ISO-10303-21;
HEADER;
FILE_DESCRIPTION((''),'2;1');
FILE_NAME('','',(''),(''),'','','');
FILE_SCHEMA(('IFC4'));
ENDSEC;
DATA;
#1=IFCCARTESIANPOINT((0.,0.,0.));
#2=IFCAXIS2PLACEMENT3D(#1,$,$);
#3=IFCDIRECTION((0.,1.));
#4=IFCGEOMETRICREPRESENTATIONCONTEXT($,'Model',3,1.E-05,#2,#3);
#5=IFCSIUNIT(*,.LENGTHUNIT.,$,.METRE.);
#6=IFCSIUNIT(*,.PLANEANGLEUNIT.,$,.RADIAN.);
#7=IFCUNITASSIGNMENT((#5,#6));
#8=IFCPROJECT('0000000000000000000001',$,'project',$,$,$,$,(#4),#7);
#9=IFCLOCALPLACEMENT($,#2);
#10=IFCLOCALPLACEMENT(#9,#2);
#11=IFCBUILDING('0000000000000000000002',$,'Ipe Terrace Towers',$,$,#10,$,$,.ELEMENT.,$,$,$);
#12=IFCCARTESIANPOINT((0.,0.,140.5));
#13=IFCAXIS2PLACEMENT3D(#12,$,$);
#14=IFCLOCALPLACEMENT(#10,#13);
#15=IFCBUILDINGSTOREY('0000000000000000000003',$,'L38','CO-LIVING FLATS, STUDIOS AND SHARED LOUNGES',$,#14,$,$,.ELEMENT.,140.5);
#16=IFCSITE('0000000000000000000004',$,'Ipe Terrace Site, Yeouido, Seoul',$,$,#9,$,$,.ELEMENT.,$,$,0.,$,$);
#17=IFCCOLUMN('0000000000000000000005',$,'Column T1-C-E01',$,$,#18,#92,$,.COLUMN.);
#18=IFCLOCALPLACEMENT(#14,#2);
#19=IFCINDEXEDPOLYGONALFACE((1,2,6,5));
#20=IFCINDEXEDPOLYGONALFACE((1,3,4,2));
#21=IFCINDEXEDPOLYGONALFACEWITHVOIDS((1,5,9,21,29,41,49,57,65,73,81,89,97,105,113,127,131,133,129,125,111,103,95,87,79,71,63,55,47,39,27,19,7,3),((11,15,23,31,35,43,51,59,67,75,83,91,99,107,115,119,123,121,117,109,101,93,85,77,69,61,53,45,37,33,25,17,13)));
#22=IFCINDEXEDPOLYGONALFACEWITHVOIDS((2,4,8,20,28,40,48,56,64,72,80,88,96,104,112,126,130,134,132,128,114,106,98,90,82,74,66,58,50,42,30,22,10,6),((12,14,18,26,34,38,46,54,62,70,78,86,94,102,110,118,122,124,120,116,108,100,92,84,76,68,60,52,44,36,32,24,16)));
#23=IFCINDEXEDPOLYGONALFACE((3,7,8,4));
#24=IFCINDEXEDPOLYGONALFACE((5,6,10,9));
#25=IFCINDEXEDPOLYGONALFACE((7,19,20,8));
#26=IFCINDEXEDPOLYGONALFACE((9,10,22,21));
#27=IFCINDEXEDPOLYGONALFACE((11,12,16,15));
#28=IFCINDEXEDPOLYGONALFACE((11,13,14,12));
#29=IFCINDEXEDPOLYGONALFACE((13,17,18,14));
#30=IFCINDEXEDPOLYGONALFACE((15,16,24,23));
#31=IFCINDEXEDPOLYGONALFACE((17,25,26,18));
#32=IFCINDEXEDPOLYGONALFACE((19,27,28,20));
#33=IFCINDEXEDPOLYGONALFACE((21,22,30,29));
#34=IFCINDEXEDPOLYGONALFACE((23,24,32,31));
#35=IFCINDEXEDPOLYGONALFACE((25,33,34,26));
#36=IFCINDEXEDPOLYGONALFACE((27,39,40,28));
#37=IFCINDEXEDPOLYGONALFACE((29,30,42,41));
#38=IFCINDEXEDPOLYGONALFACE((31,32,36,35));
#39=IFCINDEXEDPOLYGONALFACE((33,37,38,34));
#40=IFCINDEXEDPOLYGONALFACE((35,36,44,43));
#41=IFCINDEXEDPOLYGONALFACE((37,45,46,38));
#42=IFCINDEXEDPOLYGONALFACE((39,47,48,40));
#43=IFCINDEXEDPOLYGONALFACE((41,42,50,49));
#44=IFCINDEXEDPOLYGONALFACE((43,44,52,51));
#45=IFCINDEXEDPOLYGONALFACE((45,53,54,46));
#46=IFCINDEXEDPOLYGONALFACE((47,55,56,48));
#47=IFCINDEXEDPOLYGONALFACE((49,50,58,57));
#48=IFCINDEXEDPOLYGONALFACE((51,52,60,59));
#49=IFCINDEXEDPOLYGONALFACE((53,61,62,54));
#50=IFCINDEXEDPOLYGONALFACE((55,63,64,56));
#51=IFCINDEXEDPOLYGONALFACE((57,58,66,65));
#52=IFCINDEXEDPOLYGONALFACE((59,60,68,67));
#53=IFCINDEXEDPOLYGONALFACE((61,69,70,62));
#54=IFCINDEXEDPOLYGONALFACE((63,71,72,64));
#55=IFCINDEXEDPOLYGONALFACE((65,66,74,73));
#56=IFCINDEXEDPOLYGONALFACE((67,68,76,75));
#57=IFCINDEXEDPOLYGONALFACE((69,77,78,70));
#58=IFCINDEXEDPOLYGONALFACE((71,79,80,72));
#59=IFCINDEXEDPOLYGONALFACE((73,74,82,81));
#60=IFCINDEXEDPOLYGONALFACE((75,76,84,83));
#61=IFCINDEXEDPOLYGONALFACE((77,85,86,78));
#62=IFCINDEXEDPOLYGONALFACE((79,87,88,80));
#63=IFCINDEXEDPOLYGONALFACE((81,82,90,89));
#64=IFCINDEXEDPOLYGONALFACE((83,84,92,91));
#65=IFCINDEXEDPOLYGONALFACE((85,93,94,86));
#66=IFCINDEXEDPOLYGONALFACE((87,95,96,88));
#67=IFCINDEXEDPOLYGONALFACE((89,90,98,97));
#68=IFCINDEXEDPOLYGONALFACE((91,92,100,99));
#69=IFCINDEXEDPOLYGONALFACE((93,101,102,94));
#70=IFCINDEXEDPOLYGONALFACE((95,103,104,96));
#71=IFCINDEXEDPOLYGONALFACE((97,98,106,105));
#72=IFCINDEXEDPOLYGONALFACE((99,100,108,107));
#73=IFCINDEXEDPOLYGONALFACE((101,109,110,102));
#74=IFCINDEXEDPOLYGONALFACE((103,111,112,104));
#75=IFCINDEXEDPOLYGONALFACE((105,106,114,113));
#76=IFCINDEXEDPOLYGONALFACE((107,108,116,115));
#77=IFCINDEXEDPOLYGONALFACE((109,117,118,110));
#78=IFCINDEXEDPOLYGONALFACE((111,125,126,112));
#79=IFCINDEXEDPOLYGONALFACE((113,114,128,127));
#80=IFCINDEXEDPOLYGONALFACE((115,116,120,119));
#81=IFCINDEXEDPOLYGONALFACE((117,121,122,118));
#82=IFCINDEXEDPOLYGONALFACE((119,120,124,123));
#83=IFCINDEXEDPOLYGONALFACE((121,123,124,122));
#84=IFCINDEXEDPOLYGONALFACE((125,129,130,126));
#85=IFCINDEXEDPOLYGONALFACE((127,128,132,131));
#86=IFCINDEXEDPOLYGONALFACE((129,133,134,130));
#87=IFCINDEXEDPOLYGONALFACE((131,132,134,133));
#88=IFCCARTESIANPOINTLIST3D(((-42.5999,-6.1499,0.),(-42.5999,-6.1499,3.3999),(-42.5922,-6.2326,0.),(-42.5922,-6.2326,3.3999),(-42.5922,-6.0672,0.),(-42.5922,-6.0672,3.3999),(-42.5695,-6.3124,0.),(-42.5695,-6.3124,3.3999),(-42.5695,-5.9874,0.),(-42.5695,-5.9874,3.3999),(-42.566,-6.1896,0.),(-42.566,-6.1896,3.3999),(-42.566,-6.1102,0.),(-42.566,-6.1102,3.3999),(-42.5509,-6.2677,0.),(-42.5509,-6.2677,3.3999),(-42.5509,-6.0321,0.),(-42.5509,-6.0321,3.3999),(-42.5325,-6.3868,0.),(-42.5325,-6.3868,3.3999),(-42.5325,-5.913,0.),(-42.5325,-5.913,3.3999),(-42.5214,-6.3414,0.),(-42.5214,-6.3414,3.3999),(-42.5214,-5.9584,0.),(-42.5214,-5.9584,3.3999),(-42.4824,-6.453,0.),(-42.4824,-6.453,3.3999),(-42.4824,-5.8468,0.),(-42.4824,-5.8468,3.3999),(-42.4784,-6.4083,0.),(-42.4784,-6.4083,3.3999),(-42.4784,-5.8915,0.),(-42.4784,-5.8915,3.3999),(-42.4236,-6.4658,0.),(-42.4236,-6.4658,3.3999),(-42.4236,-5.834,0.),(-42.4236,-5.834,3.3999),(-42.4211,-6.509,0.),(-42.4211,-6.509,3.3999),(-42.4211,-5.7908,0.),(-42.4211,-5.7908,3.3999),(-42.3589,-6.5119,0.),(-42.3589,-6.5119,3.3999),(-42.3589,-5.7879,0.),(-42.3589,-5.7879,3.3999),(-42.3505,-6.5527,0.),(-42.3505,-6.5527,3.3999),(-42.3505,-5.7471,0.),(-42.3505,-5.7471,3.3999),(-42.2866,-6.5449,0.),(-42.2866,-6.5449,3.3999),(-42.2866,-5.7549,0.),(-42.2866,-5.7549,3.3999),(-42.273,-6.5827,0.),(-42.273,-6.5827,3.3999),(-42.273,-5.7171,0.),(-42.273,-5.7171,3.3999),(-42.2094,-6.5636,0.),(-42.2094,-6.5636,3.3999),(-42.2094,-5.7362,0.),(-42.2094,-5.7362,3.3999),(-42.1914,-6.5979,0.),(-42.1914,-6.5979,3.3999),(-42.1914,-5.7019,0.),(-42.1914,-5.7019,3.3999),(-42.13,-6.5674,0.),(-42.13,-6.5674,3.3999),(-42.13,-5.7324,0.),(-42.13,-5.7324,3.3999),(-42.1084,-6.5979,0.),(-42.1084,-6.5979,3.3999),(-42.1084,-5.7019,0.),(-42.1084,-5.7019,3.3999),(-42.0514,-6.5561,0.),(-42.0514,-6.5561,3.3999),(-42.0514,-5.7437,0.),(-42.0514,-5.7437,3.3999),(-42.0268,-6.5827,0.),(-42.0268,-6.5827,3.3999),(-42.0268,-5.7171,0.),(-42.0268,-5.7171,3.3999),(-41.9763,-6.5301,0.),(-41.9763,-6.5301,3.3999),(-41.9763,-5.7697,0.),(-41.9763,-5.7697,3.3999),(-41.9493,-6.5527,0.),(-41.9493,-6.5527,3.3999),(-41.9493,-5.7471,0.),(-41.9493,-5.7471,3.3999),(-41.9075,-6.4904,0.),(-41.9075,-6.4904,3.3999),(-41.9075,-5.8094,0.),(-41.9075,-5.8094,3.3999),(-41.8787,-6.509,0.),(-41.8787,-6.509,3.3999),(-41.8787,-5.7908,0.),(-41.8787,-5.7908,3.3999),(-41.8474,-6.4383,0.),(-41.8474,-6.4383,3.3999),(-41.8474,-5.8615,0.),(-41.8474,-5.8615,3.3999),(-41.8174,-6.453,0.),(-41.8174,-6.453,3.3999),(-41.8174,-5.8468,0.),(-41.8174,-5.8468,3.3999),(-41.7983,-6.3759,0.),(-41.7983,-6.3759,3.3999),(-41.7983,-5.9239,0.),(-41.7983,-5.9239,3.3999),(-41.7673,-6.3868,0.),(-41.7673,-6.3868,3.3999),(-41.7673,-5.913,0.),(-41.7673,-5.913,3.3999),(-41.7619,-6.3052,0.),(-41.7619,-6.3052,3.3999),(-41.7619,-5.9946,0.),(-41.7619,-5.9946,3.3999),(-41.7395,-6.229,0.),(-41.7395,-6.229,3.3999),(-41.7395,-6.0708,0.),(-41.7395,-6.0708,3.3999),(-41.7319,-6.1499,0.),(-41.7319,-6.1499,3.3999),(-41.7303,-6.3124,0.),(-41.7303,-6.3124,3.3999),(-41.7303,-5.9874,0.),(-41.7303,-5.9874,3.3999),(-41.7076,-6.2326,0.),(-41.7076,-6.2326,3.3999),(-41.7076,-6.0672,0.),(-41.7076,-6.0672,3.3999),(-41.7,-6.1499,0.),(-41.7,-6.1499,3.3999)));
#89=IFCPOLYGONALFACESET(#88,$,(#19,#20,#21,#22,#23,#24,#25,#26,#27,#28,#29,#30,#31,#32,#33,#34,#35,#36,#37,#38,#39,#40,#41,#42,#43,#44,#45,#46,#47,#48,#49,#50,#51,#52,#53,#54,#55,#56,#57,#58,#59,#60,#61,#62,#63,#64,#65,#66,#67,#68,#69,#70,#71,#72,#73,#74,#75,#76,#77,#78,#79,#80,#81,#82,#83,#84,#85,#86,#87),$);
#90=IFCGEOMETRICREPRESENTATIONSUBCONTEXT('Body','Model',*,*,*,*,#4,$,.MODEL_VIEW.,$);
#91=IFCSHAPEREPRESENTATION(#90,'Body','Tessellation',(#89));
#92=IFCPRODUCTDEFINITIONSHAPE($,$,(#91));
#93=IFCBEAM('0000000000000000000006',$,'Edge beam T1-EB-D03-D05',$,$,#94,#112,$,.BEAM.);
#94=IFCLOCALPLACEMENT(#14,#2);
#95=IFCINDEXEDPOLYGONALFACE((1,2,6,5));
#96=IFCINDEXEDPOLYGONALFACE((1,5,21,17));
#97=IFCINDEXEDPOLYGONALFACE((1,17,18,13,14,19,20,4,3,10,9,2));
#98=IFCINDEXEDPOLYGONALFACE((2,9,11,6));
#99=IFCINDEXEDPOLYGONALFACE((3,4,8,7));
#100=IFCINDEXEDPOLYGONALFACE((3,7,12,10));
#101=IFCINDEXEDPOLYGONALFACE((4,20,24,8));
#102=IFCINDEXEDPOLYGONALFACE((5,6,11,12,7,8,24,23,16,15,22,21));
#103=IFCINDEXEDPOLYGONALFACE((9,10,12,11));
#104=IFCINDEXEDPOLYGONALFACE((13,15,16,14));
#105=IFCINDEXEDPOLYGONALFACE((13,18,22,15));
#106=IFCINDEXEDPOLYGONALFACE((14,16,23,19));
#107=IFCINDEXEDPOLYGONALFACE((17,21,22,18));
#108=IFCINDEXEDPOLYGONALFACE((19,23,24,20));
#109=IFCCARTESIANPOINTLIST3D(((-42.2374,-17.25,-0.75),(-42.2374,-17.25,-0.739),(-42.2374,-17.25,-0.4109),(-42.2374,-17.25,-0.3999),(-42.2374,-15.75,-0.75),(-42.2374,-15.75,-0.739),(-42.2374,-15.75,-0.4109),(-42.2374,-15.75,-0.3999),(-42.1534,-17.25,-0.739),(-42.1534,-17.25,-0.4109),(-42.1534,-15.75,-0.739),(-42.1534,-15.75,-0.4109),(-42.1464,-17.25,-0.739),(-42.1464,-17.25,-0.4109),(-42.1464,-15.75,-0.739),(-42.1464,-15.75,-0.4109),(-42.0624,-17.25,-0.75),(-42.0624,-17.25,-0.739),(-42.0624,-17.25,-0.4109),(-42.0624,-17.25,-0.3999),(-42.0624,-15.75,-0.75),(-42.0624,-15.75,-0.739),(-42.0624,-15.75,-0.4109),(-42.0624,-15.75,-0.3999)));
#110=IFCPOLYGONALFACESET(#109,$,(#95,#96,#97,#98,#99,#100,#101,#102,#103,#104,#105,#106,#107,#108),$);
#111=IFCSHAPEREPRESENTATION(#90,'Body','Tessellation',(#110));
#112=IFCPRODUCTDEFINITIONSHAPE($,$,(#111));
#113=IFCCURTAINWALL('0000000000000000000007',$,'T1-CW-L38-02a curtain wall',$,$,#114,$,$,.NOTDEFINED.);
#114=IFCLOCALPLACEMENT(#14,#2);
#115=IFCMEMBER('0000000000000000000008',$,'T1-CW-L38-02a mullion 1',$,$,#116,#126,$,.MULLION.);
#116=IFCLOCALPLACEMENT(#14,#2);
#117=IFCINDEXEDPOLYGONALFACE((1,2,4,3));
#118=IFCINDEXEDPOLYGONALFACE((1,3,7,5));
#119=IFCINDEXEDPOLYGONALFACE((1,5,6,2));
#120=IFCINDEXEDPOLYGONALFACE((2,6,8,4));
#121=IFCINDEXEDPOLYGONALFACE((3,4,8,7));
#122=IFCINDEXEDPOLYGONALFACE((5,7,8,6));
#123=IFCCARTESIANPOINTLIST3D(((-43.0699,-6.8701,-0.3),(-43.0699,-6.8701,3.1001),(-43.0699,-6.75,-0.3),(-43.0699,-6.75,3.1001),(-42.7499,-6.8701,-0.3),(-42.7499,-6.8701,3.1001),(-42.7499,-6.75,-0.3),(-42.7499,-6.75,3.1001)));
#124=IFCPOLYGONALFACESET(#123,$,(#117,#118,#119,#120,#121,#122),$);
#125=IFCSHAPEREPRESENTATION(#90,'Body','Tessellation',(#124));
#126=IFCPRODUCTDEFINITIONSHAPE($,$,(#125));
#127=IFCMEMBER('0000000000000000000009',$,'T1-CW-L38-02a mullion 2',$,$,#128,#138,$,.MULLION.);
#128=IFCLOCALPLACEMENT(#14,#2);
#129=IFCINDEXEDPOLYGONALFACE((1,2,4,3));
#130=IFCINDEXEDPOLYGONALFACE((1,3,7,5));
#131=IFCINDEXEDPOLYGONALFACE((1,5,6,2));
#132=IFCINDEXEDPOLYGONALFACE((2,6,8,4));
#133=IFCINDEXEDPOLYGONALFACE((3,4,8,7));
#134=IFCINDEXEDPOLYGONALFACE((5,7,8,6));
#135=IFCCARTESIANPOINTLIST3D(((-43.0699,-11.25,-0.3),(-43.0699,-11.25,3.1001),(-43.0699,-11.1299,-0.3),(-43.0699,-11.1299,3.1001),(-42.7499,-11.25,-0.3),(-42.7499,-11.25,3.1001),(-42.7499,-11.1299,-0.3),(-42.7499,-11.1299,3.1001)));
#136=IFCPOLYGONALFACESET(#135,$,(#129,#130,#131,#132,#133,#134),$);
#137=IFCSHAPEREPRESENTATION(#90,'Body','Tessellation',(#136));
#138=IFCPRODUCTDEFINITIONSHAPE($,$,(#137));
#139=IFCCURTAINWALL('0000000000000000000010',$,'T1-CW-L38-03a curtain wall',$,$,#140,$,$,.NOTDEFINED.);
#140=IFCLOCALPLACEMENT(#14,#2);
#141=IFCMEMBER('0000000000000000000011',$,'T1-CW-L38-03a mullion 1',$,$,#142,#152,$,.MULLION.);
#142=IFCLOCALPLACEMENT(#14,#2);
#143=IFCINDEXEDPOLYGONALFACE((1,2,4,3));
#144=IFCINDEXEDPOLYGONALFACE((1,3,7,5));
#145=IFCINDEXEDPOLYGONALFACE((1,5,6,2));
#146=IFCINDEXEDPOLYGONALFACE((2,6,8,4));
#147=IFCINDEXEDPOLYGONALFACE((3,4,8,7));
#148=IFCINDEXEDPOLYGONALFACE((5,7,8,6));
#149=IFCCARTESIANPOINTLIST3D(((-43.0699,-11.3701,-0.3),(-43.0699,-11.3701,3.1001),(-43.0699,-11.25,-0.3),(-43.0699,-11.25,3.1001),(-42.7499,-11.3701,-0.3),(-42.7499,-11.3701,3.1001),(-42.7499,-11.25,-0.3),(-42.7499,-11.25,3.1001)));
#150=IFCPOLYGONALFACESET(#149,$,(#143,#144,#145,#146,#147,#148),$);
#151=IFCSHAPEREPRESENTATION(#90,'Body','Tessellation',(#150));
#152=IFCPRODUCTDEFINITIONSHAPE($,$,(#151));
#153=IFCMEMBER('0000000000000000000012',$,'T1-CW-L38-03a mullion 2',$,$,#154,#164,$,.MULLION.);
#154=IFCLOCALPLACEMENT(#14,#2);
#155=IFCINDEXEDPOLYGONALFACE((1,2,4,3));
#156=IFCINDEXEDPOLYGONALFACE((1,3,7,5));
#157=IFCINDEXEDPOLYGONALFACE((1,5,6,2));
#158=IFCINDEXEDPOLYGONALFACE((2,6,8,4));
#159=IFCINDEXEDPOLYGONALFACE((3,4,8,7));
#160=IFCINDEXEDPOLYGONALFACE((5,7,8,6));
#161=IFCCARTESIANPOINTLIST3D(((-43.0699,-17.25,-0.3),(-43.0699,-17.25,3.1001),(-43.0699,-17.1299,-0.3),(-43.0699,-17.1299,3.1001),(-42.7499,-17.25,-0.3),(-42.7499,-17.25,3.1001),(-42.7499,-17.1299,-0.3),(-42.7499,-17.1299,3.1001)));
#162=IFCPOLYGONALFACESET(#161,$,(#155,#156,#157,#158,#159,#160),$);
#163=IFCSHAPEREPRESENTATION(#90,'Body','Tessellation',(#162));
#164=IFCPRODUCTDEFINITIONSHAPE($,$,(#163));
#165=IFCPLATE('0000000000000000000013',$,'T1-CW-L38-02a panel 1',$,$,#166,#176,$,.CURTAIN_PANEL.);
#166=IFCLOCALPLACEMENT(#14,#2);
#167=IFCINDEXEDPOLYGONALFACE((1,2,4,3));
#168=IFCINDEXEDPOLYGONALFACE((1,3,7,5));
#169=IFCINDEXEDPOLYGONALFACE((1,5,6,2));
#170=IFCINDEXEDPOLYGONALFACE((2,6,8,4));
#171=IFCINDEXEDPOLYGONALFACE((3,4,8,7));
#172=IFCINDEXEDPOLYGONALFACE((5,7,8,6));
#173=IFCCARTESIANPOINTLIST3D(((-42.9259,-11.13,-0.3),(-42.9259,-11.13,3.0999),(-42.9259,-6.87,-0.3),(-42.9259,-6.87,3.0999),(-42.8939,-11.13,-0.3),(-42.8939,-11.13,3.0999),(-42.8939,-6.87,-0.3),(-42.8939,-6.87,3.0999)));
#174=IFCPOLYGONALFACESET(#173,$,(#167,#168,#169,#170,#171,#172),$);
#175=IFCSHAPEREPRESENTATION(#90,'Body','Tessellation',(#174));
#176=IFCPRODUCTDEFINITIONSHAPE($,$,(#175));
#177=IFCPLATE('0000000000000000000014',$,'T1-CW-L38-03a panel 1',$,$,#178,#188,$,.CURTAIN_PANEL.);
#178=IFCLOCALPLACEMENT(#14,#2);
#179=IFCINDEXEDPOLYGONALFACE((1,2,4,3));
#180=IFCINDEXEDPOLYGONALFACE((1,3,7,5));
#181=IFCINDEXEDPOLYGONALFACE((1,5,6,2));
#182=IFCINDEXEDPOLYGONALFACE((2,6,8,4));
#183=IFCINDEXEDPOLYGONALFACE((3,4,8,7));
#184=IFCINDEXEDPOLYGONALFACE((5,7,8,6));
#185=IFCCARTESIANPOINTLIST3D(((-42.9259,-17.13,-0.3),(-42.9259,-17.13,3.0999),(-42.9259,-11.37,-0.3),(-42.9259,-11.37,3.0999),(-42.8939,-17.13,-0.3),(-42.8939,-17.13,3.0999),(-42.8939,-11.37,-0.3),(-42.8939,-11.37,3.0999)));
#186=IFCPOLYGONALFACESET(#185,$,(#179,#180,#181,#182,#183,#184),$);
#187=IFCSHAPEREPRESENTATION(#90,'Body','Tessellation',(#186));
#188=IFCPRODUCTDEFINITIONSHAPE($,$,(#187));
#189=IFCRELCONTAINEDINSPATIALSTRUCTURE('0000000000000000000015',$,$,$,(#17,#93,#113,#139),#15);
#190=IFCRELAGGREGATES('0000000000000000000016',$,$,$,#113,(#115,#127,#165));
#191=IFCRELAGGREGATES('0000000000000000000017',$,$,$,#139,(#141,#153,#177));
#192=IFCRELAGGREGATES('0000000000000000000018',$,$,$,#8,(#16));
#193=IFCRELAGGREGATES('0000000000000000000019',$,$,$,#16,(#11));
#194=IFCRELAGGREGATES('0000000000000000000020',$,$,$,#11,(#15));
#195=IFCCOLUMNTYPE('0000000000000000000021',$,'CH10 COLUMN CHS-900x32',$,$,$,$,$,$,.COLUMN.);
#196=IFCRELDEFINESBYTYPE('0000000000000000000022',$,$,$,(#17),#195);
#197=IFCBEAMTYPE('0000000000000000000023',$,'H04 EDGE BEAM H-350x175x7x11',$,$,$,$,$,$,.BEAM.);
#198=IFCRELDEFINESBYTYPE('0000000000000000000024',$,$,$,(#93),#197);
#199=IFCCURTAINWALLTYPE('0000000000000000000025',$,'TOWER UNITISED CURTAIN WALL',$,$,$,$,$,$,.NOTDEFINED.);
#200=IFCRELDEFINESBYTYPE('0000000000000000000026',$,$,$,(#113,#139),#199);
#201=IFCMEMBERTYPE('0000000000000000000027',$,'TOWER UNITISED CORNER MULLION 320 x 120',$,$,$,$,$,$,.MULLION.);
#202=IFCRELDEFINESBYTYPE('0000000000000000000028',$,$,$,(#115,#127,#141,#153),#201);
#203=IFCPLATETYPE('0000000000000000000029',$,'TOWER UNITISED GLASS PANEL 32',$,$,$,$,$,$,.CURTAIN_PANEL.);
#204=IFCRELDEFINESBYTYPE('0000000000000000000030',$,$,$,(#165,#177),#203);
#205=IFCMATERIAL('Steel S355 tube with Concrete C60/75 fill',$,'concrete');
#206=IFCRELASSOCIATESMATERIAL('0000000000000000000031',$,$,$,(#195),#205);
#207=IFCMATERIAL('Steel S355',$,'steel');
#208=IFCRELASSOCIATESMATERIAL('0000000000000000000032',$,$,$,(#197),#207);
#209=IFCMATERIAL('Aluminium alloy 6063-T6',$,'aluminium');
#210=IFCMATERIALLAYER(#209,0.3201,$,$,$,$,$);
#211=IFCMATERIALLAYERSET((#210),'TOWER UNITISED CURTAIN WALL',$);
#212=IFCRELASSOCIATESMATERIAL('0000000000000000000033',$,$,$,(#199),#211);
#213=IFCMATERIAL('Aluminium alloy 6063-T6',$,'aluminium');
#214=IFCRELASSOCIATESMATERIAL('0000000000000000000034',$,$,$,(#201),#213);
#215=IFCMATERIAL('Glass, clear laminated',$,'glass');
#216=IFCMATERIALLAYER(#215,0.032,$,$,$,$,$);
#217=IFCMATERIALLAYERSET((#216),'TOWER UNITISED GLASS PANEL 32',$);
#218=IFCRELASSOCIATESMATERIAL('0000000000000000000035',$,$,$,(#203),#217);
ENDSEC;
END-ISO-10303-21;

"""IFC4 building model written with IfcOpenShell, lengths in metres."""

from ifc_helpers import new_model, si_unit, direction, frame, origin, origin_2d, place, context, subcontext, project, spatial, rectangle, hollow_circle, i_section, extrude, material, layer, layer_set, material_profile, profile_set, type_object, element, aggregate, save


model = new_model("IFC4")

# Units and contexts
model_context = context("Model", 3, precision=1e-05, world=origin(), true_north=direction((0.0, 1.0)))
body_context = subcontext(model_context, "Body", "Model", "MODEL_VIEW")
ifc_project = project(units=[si_unit("LENGTHUNIT", "METRE"), si_unit("PLANEANGLEUNIT", "RADIAN")], contexts=[model_context])

# Site, building, storey
site_placement = place(None, origin())
site = spatial("IfcSite", under=ifc_project, at=site_placement, Name="Ipe Terrace Site, Yeouido, Seoul", CompositionType="ELEMENT", RefElevation=0.0)
building_placement = place(site_placement, origin())
building = spatial("IfcBuilding", under=site, at=building_placement, Name="Ipe Terrace Towers", CompositionType="ELEMENT")
storey_placement = place(building_placement, frame((0.0, 0.0, 140.5)))
storey = spatial("IfcBuildingStorey", under=building, at=storey_placement, Name="L38", Description="CO-LIVING FLATS, STUDIOS AND SHARED LOUNGES", CompositionType="ELEMENT", Elevation=140.5)

# Column
ifc_material_1 = material(Name="Steel S355 tube with Concrete C60/75 fill", Category="concrete")
ifc_material_profile_1 = material_profile(ifc_material_1, hollow_circle(Radius=0.45, WallThickness=0.032, at=origin_2d()), Name="CHS-900x32")
ifc_profile_set_1 = profile_set([ifc_material_profile_1], Name="Steel S355 tube with Concrete C60/75 fill")
column_type_1 = type_object("IfcColumnType", Name="CH10 COLUMN CHS-900x32", PredefinedType="COLUMN", material=ifc_profile_set_1)
column_placement = place(storey_placement, frame((-42.1499, -6.1499, 0.0), z_axis=(0.0, 0.0, 1.0), x_axis=(1.0, 0.0, 0.0)))
element("IfcColumn", 1, at=column_placement, inside=storey, type_object=column_type_1, Name="Column T1-C-E01", PredefinedType="COLUMN", context=body_context, shape_type="SweptSolid", body=[
    extrude(hollow_circle(Radius=0.45, WallThickness=0.032, at=origin_2d()), origin(), (0.0, 0.0, 1.0), 3.3999),
])

# Beam
ifc_material_2 = material(Name="Steel S355", Category="steel")
ifc_material_profile_2 = material_profile(ifc_material_2, i_section(OverallWidth=0.175, OverallDepth=0.3501, WebThickness=0.0071, FlangeThickness=0.011, at=origin_2d()), Name="H-350x175x7x11")
ifc_profile_set_2 = profile_set([ifc_material_profile_2], Name="Steel S355")
beam_type = type_object("IfcBeamType", Name="H04 EDGE BEAM H-350x175x7x11", PredefinedType="BEAM", material=ifc_profile_set_2)
beam_placement = place(storey_placement, frame((-42.1499, -15.75, -0.575), z_axis=(0.0, -1.0, 0.0), x_axis=(1.0, 0.0, 0.0)))
element("IfcBeam", 2, at=beam_placement, inside=storey, type_object=beam_type, Name="Edge beam T1-EB-D03-D05", PredefinedType="BEAM", context=body_context, shape_type="SweptSolid", body=[
    extrude(i_section(OverallWidth=0.175, OverallDepth=0.3501, WebThickness=0.0071, FlangeThickness=0.011, at=origin_2d()), origin(), (0.0, 0.0, 1.0), 1.5),
])

# Curtain walls, members
ifc_material_3 = material(Name="Aluminium alloy 6063-T6", Category="aluminium")
ifc_layer_1 = layer(ifc_material_3, 0.3201)
ifc_layer_set_1 = layer_set([ifc_layer_1], Name="TOWER UNITISED CURTAIN WALL")
curtain_wall_type = type_object("IfcCurtainWallType", Name="TOWER UNITISED CURTAIN WALL", PredefinedType="NOTDEFINED", material=ifc_layer_set_1)
curtain_wall_1_placement = place(storey_placement, origin())
curtain_wall_1 = element("IfcCurtainWall", 3, at=curtain_wall_1_placement, inside=storey, type_object=curtain_wall_type, Name="T1-CW-L38-02a curtain wall", PredefinedType="NOTDEFINED")
ifc_material_4 = material(Name="Aluminium alloy 6063-T6", Category="aluminium")
ifc_material_profile_3 = material_profile(ifc_material_4, rectangle(XDim=0.3201, YDim=0.1201, at=origin_2d()), Name="TOWER UNITISED CORNER MULLION 320 x 120")
ifc_profile_set_3 = profile_set([ifc_material_profile_3], Name="Aluminium alloy 6063-T6")
member_type = type_object("IfcMemberType", Name="TOWER UNITISED CORNER MULLION 320 x 120", PredefinedType="MULLION", material=ifc_profile_set_3)
member_1_placement = place(storey_placement, frame((-42.9099, -6.8101, -0.3), z_axis=(0.0, 0.0, 1.0), x_axis=(-1.0, 0.0, 0.0)))
member_1 = element("IfcMember", 4, at=member_1_placement, type_object=member_type, Name="T1-CW-L38-02a mullion 1", PredefinedType="MULLION", context=body_context, shape_type="SweptSolid", body=[
    extrude(rectangle(XDim=0.3201, YDim=0.1201, at=origin_2d()), origin(), (0.0, 0.0, 1.0), 3.4001),
])
member_2_placement = place(storey_placement, frame((-42.9099, -11.1899, -0.3), z_axis=(0.0, 0.0, 1.0), x_axis=(-1.0, 0.0, 0.0)))
member_2 = element("IfcMember", 5, at=member_2_placement, type_object=member_type, Name="T1-CW-L38-02a mullion 2", PredefinedType="MULLION", context=body_context, shape_type="SweptSolid", body=[
    extrude(rectangle(XDim=0.3201, YDim=0.1201, at=origin_2d()), origin(), (0.0, 0.0, 1.0), 3.4001),
])
curtain_wall_2_placement = place(storey_placement, origin())
curtain_wall_2 = element("IfcCurtainWall", 6, at=curtain_wall_2_placement, inside=storey, type_object=curtain_wall_type, Name="T1-CW-L38-03a curtain wall", PredefinedType="NOTDEFINED")
member_3_placement = place(storey_placement, frame((-42.9099, -11.3101, -0.3), z_axis=(0.0, 0.0, 1.0), x_axis=(-1.0, 0.0, 0.0)))
member_3 = element("IfcMember", 7, at=member_3_placement, type_object=member_type, Name="T1-CW-L38-03a mullion 1", PredefinedType="MULLION", context=body_context, shape_type="SweptSolid", body=[
    extrude(rectangle(XDim=0.3201, YDim=0.1201, at=origin_2d()), origin(), (0.0, 0.0, 1.0), 3.4001),
])
member_4_placement = place(storey_placement, frame((-42.9099, -17.1899, -0.3), z_axis=(0.0, 0.0, 1.0), x_axis=(-1.0, 0.0, 0.0)))
member_4 = element("IfcMember", 8, at=member_4_placement, type_object=member_type, Name="T1-CW-L38-03a mullion 2", PredefinedType="MULLION", context=body_context, shape_type="SweptSolid", body=[
    extrude(rectangle(XDim=0.3201, YDim=0.1201, at=origin_2d()), origin(), (0.0, 0.0, 1.0), 3.4001),
])

# Plates
ifc_material_5 = material(Name="Glass, clear laminated", Category="glass")
ifc_layer_2 = layer(ifc_material_5, 0.032)
ifc_layer_set_2 = layer_set([ifc_layer_2], Name="TOWER UNITISED GLASS PANEL 32")
plate_type = type_object("IfcPlateType", Name="TOWER UNITISED GLASS PANEL 32", PredefinedType="CURTAIN_PANEL", material=ifc_layer_set_2)
plate_1_placement = place(storey_placement, frame((-42.9099, -9.0, -0.3), z_axis=(0.0, 0.0, 1.0), x_axis=(0.0, -1.0, 0.0)))
plate_1 = element("IfcPlate", 9, at=plate_1_placement, type_object=plate_type, Name="T1-CW-L38-02a panel 1", PredefinedType="CURTAIN_PANEL", context=body_context, shape_type="SweptSolid", body=[
    extrude(rectangle(XDim=4.26, YDim=0.032, at=origin_2d()), origin(), (0.0, 0.0, 1.0), 3.3999),
])
aggregate(curtain_wall_1, [member_1, member_2, plate_1])
plate_2_placement = place(storey_placement, frame((-42.9099, -14.25, -0.3), z_axis=(0.0, 0.0, 1.0), x_axis=(0.0, -1.0, 0.0)))
plate_2 = element("IfcPlate", 10, at=plate_2_placement, type_object=plate_type, Name="T1-CW-L38-03a panel 1", PredefinedType="CURTAIN_PANEL", context=body_context, shape_type="SweptSolid", body=[
    extrude(rectangle(XDim=5.76, YDim=0.032, at=origin_2d()), origin(), (0.0, 0.0, 1.0), 3.3999),
])
aggregate(curtain_wall_2, [member_3, member_4, plate_2])

save(model, "model.ifc")
